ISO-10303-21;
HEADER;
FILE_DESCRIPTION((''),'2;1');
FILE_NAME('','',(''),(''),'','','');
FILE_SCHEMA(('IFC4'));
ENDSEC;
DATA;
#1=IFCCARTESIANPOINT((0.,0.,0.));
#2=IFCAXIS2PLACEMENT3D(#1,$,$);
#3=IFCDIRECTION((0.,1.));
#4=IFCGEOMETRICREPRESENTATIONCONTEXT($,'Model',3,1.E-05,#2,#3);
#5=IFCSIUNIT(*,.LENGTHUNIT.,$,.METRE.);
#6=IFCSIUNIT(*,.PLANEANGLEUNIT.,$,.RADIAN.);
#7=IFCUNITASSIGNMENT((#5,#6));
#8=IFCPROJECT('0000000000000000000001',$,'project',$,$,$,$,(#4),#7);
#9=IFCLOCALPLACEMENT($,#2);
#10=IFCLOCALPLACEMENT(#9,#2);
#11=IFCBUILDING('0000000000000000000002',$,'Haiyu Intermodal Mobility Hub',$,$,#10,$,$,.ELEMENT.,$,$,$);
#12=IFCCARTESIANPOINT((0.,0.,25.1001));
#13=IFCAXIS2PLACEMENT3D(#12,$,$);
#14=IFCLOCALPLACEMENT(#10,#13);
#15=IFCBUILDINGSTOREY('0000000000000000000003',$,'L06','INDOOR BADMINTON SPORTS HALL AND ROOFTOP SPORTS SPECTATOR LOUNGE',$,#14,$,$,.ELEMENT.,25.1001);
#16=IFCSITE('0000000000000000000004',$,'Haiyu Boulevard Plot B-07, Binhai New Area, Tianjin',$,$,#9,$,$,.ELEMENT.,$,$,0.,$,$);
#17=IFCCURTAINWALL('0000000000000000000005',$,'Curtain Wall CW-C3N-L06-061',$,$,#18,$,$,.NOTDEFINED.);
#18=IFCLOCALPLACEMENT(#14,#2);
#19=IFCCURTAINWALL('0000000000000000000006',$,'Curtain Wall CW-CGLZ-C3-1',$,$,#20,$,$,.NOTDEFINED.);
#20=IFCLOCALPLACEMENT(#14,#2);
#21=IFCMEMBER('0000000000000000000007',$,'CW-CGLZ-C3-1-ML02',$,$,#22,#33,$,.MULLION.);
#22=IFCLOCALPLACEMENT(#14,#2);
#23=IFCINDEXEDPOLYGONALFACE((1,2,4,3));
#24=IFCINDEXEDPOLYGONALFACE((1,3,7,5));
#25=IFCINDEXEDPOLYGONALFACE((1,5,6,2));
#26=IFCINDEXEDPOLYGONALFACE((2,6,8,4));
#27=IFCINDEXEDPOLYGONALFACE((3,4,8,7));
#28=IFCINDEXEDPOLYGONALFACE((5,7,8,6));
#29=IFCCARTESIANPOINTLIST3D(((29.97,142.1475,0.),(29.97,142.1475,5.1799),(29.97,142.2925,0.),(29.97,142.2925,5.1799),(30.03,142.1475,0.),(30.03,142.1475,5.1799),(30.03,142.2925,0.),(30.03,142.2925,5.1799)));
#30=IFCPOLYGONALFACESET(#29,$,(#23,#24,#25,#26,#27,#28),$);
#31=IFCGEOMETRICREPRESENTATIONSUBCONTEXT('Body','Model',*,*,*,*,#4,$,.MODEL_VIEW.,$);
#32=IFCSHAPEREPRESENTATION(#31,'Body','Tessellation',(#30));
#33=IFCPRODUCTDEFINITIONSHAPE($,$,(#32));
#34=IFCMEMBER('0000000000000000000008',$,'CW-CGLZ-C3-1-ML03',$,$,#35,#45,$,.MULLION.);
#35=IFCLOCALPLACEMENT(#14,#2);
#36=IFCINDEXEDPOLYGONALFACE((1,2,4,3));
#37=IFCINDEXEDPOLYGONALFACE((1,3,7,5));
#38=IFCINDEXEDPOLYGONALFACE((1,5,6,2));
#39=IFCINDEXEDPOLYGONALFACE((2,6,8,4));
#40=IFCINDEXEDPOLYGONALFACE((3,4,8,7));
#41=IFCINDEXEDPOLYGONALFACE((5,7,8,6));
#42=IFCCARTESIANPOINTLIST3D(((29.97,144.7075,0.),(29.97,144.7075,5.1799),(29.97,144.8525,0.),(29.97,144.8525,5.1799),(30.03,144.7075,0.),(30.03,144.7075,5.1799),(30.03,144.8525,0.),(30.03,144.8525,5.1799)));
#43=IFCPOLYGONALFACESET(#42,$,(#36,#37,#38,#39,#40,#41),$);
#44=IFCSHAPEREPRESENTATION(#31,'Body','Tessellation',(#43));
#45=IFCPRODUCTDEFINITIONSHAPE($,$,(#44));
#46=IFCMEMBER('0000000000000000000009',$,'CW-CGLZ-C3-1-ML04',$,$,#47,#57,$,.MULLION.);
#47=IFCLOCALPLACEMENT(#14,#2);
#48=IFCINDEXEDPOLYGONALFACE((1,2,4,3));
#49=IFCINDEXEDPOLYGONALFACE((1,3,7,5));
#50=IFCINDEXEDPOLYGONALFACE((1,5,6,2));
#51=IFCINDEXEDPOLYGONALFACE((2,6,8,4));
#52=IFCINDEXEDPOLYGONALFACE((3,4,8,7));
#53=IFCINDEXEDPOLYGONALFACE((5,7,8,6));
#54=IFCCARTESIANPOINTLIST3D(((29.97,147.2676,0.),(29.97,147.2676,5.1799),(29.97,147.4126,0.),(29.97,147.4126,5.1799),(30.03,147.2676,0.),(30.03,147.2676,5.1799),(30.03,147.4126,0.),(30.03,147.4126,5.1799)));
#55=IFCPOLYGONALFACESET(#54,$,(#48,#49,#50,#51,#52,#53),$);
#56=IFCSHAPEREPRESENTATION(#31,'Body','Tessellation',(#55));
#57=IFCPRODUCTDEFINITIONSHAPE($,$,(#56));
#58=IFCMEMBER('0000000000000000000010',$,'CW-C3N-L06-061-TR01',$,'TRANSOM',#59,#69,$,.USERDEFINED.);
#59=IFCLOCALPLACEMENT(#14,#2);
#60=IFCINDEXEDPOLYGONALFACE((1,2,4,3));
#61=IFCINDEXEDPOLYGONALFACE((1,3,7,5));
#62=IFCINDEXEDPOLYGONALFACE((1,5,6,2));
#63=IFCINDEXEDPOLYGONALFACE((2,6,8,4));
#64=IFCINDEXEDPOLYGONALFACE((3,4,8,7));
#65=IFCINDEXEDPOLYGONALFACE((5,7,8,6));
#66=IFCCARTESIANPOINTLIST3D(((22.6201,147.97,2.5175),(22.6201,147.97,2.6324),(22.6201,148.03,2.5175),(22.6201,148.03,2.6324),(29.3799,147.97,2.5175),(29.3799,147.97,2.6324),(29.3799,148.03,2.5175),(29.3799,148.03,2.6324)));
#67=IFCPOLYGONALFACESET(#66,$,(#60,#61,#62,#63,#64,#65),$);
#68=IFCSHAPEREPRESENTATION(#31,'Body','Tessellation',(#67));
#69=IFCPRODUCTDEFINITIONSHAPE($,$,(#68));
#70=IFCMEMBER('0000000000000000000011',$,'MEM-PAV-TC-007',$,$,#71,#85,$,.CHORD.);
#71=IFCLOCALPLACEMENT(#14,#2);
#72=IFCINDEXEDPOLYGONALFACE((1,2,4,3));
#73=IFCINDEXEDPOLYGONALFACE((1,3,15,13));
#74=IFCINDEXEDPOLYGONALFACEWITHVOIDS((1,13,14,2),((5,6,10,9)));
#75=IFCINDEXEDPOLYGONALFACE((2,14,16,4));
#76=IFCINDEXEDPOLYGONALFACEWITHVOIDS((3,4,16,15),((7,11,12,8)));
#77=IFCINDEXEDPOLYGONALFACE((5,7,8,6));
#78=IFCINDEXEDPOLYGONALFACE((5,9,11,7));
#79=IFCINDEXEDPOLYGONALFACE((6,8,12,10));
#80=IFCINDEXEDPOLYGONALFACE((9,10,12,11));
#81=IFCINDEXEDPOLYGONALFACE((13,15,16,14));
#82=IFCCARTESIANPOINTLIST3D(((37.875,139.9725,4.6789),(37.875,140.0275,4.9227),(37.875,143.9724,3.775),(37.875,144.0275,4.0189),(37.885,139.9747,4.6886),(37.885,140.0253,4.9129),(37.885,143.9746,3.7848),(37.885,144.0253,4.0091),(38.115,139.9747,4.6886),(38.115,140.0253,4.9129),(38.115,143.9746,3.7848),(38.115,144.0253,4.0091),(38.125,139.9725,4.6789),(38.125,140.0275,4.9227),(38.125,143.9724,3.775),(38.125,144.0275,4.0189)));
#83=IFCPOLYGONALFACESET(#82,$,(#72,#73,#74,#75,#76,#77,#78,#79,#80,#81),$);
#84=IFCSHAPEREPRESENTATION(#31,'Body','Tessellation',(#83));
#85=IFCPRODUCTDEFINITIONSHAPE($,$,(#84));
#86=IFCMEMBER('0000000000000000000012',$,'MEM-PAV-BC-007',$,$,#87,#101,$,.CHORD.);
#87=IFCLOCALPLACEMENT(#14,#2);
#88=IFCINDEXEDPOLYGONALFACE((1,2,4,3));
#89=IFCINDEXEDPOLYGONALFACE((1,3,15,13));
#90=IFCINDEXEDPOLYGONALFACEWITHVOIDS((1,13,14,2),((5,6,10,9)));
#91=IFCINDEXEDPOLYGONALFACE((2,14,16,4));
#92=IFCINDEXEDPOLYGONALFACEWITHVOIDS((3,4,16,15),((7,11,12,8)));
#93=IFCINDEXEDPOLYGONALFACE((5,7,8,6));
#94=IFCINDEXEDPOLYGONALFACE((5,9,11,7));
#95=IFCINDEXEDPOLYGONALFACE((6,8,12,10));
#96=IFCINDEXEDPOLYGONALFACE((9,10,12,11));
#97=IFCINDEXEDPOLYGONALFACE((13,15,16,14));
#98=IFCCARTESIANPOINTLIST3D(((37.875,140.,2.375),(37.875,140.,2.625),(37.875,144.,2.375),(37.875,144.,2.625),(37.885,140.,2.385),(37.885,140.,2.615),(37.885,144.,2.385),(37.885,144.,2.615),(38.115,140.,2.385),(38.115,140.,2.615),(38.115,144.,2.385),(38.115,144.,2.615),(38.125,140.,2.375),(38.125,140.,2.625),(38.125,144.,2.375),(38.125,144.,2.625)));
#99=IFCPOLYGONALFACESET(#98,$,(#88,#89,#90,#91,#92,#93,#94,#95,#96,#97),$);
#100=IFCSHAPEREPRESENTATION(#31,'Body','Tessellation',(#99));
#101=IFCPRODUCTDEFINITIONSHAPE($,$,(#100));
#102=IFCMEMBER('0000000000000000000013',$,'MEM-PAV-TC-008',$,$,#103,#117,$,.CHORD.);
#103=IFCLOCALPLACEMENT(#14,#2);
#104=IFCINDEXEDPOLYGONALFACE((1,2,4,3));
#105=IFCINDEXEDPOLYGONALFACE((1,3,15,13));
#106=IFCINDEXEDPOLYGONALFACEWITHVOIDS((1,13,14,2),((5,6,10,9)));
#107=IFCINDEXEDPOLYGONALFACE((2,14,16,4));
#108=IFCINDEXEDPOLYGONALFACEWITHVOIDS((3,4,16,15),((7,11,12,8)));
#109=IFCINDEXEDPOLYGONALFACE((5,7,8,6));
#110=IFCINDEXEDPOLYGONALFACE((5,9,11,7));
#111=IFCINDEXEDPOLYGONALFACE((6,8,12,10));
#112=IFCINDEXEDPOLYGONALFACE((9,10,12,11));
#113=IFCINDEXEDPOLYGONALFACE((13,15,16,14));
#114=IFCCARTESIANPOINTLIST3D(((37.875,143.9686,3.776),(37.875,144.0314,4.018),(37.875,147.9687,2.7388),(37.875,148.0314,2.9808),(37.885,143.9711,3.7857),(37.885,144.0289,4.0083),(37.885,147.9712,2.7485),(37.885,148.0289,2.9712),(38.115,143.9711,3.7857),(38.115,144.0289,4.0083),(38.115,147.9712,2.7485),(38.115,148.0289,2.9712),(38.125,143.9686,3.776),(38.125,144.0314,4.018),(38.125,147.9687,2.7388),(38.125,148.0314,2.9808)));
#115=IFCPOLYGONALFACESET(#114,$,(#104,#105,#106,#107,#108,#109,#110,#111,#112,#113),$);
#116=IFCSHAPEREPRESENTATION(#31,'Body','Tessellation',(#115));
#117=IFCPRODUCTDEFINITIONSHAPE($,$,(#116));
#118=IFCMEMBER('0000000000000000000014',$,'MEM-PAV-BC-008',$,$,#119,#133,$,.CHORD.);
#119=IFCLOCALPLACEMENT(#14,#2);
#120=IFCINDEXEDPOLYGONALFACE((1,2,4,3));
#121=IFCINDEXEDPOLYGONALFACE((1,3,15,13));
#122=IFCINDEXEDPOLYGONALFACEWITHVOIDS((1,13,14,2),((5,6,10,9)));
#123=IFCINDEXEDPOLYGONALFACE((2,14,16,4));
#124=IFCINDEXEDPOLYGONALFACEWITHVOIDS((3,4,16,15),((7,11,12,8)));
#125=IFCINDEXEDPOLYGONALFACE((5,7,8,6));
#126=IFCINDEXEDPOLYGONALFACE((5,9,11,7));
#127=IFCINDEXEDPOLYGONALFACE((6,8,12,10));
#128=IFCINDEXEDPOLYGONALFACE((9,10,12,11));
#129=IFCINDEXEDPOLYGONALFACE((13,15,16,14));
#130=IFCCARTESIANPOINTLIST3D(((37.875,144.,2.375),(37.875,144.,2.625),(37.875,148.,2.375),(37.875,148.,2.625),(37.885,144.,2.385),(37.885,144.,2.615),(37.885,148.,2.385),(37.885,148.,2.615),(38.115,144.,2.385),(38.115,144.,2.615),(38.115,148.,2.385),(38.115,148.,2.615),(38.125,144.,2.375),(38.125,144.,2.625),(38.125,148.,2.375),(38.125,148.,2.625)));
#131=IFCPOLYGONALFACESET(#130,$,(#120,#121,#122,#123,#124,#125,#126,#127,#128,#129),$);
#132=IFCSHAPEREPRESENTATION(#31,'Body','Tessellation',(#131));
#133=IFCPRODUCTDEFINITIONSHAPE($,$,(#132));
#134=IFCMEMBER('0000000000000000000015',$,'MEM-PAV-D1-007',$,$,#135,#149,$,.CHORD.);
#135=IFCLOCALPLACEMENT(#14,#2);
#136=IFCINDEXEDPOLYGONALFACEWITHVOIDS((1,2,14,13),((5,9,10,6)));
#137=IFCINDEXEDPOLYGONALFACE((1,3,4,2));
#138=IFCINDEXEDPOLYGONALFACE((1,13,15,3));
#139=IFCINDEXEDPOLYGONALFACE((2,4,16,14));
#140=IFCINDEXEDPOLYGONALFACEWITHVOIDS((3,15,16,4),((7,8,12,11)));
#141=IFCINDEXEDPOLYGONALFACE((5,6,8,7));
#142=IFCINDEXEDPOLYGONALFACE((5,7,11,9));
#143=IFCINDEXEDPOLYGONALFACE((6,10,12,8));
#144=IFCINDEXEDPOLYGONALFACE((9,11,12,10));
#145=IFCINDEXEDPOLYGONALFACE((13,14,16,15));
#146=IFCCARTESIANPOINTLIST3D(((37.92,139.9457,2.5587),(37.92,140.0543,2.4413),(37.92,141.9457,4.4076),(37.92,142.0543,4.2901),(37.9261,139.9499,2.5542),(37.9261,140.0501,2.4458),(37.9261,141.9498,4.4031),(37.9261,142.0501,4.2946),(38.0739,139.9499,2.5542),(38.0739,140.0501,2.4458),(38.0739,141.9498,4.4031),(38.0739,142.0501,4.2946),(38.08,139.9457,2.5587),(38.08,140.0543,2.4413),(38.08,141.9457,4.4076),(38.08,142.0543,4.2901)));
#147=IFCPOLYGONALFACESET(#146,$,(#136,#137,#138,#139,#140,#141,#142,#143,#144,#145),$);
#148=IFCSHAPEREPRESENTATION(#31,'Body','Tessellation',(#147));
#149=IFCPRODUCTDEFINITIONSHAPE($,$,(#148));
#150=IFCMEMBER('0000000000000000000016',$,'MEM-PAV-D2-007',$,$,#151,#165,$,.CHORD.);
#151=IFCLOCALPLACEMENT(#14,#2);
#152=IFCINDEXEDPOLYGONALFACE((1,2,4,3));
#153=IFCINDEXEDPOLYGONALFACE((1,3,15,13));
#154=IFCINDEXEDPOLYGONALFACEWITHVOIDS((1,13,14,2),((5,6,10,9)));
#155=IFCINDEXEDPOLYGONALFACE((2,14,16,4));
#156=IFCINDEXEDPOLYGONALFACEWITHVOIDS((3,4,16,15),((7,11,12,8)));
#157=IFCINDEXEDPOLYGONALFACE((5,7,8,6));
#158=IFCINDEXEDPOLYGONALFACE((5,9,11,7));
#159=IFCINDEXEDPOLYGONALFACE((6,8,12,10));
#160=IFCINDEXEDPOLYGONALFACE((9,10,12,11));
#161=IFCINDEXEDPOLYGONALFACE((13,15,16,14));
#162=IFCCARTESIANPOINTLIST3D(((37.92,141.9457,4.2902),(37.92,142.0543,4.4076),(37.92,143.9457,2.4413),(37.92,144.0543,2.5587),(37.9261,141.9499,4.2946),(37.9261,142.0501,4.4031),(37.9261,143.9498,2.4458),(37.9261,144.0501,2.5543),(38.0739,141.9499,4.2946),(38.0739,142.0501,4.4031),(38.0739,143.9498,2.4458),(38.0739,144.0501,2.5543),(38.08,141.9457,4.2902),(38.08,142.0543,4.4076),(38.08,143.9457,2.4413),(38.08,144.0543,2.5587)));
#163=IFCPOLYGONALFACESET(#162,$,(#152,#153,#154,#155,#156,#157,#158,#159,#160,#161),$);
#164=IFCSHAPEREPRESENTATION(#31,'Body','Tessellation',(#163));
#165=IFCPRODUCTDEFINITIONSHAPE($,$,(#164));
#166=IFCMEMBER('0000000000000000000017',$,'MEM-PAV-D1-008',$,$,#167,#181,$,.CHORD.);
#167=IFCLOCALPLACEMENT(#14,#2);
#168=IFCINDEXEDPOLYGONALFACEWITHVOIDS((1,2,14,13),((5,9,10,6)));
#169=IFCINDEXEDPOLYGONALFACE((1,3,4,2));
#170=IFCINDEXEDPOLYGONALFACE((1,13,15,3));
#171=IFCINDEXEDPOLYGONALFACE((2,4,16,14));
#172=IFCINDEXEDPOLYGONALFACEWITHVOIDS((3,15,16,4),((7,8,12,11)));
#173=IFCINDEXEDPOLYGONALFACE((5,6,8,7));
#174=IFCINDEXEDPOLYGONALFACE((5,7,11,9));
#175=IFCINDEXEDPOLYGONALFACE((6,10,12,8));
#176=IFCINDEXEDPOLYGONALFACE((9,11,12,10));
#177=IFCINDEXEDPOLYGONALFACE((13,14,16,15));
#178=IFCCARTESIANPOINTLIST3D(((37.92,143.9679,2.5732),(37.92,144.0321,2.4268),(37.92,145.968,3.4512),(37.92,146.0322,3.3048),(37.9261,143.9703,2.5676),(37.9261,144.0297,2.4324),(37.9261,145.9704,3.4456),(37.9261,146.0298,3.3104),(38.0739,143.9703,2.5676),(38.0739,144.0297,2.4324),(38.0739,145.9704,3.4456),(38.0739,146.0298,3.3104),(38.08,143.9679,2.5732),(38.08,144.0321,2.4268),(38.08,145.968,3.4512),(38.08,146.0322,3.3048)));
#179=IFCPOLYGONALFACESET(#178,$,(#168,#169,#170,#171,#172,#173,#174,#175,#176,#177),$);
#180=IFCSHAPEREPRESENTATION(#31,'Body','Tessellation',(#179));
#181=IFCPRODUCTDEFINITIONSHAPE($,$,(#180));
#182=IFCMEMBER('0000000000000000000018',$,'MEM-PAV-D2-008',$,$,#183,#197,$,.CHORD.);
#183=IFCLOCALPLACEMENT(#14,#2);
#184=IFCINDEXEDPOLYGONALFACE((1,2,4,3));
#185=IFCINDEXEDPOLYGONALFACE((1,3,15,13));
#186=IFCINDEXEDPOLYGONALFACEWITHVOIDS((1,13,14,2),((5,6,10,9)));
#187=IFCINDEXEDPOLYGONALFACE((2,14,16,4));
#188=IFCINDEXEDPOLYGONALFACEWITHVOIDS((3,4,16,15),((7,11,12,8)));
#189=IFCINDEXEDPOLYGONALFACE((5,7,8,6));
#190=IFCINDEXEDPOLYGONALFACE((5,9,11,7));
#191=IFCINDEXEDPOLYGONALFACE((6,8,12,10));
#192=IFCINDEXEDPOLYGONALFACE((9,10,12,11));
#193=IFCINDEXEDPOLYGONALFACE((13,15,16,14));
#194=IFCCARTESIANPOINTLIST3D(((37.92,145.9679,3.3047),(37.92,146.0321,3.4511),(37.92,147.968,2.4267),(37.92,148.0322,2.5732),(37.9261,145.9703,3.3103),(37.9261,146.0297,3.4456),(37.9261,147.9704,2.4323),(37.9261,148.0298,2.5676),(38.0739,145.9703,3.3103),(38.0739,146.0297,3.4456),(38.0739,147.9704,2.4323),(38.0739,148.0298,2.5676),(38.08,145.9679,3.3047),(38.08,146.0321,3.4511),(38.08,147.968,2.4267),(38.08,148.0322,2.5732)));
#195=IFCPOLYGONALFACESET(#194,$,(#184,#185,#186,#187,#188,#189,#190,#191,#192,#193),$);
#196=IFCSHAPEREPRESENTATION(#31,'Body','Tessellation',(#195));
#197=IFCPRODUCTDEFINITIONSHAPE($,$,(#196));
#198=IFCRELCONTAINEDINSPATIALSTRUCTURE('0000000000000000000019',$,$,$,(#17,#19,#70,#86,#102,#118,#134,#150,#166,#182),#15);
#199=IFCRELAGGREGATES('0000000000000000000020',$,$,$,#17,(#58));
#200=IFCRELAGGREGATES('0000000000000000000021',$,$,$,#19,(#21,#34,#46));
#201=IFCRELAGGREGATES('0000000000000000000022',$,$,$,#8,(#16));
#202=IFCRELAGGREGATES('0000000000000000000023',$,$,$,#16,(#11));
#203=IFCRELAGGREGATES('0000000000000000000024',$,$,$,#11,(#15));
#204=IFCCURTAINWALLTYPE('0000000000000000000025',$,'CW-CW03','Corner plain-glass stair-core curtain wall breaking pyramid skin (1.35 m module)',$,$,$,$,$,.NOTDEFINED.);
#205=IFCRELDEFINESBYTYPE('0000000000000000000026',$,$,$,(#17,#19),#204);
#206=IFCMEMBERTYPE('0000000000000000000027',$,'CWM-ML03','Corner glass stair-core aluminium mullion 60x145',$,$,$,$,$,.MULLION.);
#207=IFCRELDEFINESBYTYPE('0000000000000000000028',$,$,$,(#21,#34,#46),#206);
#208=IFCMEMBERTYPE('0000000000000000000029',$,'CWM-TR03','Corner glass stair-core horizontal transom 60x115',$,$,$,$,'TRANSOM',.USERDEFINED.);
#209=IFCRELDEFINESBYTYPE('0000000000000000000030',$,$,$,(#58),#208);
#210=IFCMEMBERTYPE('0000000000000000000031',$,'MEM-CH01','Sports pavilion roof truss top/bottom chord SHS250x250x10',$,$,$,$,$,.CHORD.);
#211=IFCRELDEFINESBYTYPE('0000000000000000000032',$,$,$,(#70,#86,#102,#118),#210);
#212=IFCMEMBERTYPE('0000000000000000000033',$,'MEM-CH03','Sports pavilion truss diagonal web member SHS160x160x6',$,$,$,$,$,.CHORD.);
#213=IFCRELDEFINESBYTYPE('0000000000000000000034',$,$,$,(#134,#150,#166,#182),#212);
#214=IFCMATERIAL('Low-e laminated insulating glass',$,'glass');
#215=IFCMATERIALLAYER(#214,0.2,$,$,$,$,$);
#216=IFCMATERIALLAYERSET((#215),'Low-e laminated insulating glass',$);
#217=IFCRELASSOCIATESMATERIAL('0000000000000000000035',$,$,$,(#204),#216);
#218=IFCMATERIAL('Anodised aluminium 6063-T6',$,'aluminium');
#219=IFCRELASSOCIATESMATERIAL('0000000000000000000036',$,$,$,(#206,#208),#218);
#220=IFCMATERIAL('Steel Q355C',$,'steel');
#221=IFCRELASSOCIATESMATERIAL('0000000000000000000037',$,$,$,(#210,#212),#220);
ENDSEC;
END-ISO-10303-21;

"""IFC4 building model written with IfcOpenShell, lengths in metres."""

from ifc_helpers import new_model, si_unit, direction, frame, origin, origin_2d, place, context, subcontext, project, spatial, rectangle, hollow_rectangle, extrude, material, layer, layer_set, material_profile, profile_set, type_object, element, aggregate, save


model = new_model("IFC4")

# Units and contexts
model_context = context("Model", 3, precision=1e-05, world=origin(), true_north=direction((0.0, 1.0)))
body_context = subcontext(model_context, "Body", "Model", "MODEL_VIEW")
ifc_project = project(units=[si_unit("LENGTHUNIT", "METRE"), si_unit("PLANEANGLEUNIT", "RADIAN")], contexts=[model_context])

# Site, building, storey
site_placement = place(None, origin())
site = spatial("IfcSite", under=ifc_project, at=site_placement, Name="Haiyu Boulevard Plot B-07, Binhai New Area, Tianjin", CompositionType="ELEMENT", RefElevation=0.0)
building_placement = place(site_placement, origin())
building = spatial("IfcBuilding", under=site, at=building_placement, Name="Haiyu Intermodal Mobility Hub", CompositionType="ELEMENT")
storey_placement = place(building_placement, frame((0.0, 0.0, 25.1001)))
storey = spatial("IfcBuildingStorey", under=building, at=storey_placement, Name="L06", Description="INDOOR BADMINTON SPORTS HALL AND ROOFTOP SPORTS SPECTATOR LOUNGE", CompositionType="ELEMENT", Elevation=25.1001)

# Shared definitions
ifc_material_1 = material(Name="Steel Q355C", Category="steel")

# Curtain wall
ifc_material_2 = material(Name="Low-e laminated insulating glass", Category="glass")
ifc_layer_1 = layer(ifc_material_2, 0.2)
ifc_layer_set_1 = layer_set([ifc_layer_1], Name="Low-e laminated insulating glass")
curtain_wall_type = type_object("IfcCurtainWallType", Name="CW-CW03", Description="Corner plain-glass stair-core curtain wall breaking pyramid skin (1.35 m module)", PredefinedType="NOTDEFINED", material=ifc_layer_set_1)
curtain_wall_1_placement = place(storey_placement, origin())
curtain_wall_1 = element("IfcCurtainWall", 1, at=curtain_wall_1_placement, inside=storey, type_object=curtain_wall_type, Name="Curtain Wall CW-C3N-L06-061", PredefinedType="NOTDEFINED")
ifc_material_3 = material(Name="Anodised aluminium 6063-T6", Category="aluminium")
ifc_material_profile_1 = material_profile(ifc_material_3, rectangle(XDim=0.0601, YDim=0.145, at=origin_2d()), Name="ALU60x145")
ifc_profile_set_1 = profile_set([ifc_material_profile_1], Name="Anodised aluminium 6063-T6")
member_type_1 = type_object("IfcMemberType", Name="CWM-ML03", Description="Corner glass stair-core aluminium mullion 60x145", PredefinedType="MULLION", material=ifc_profile_set_1)

# Curtain wall, members
curtain_wall_2_placement = place(storey_placement, origin())
curtain_wall_2 = element("IfcCurtainWall", 2, at=curtain_wall_2_placement, inside=storey, type_object=curtain_wall_type, Name="Curtain Wall CW-CGLZ-C3-1", PredefinedType="NOTDEFINED")
member_1_placement = place(storey_placement, frame((30.0, 142.22, 0.0), z_axis=(0.0, 0.0, 1.0), x_axis=(1.0, 0.0, 0.0)))
member_1 = element("IfcMember", 3, at=member_1_placement, type_object=member_type_1, Name="CW-CGLZ-C3-1-ML02", PredefinedType="MULLION", context=body_context, shape_type="SweptSolid", body=[
    extrude(rectangle(XDim=0.0601, YDim=0.145, at=origin_2d()), origin(), (0.0, 0.0, 1.0), 5.1799),
])
member_2_placement = place(storey_placement, frame((30.0, 144.78, 0.0), z_axis=(0.0, 0.0, 1.0), x_axis=(1.0, 0.0, 0.0)))
member_2 = element("IfcMember", 4, at=member_2_placement, type_object=member_type_1, Name="CW-CGLZ-C3-1-ML03", PredefinedType="MULLION", context=body_context, shape_type="SweptSolid", body=[
    extrude(rectangle(XDim=0.0601, YDim=0.145, at=origin_2d()), origin(), (0.0, 0.0, 1.0), 5.1799),
])
member_3_placement = place(storey_placement, frame((30.0, 147.3401, 0.0), z_axis=(0.0, 0.0, 1.0), x_axis=(1.0, 0.0, 0.0)))
member_3 = element("IfcMember", 5, at=member_3_placement, type_object=member_type_1, Name="CW-CGLZ-C3-1-ML04", PredefinedType="MULLION", context=body_context, shape_type="SweptSolid", body=[
    extrude(rectangle(XDim=0.0601, YDim=0.145, at=origin_2d()), origin(), (0.0, 0.0, 1.0), 5.1799),
])

# Member
ifc_material_profile_2 = material_profile(ifc_material_3, rectangle(XDim=0.0601, YDim=0.115, at=origin_2d()), Name="ALU60x115")
ifc_profile_set_2 = profile_set([ifc_material_profile_2], Name="Anodised aluminium 6063-T6")
member_type_2 = type_object("IfcMemberType", Name="CWM-TR03", Description="Corner glass stair-core horizontal transom 60x115", ElementType="TRANSOM", PredefinedType="USERDEFINED", material=ifc_profile_set_2)
member_4_placement = place(storey_placement, frame((29.3799, 148.0, 2.575), z_axis=(-1.0, 0.0, 0.0), x_axis=(0.0, -1.0, 0.0)))
member_4 = element("IfcMember", 6, at=member_4_placement, type_object=member_type_2, Name="CW-C3N-L06-061-TR01", ObjectType="TRANSOM", PredefinedType="USERDEFINED", context=body_context, shape_type="SweptSolid", body=[
    extrude(rectangle(XDim=0.0601, YDim=0.115, at=origin_2d()), origin(), (0.0, 0.0, 1.0), 6.7598),
])
aggregate(curtain_wall_1, [member_4])

# Members
ifc_material_profile_3 = material_profile(ifc_material_1, hollow_rectangle(XDim=0.25, YDim=0.25, WallThickness=0.01, at=origin_2d()), Name="SHS250x250x10")
ifc_profile_set_3 = profile_set([ifc_material_profile_3], Name="Steel Q355C")
member_type_3 = type_object("IfcMemberType", Name="MEM-CH01", Description="Sports pavilion roof truss top/bottom chord SHS250x250x10", PredefinedType="CHORD", material=ifc_profile_set_3)
member_5_placement = place(storey_placement, frame((38.0, 140.0, 4.8008), z_axis=(0.0, 0.97541, -0.220396), x_axis=(-1.0, 0.0, 0.0)))
element("IfcMember", 7, at=member_5_placement, inside=storey, type_object=member_type_3, Name="MEM-PAV-TC-007", PredefinedType="CHORD", context=body_context, shape_type="SweptSolid", body=[
    extrude(hollow_rectangle(XDim=0.25, YDim=0.25, WallThickness=0.01, at=origin_2d()), origin(), (0.0, 0.0, 1.0), 4.1008),
])
member_6_placement = place(storey_placement, frame((38.0, 140.0, 2.5), z_axis=(0.0, 1.0, 0.0), x_axis=(-1.0, 0.0, 0.0)))
element("IfcMember", 8, at=member_6_placement, inside=storey, type_object=member_type_3, Name="MEM-PAV-BC-007", PredefinedType="CHORD", context=body_context, shape_type="SweptSolid", body=[
    extrude(hollow_rectangle(XDim=0.25, YDim=0.25, WallThickness=0.01, at=origin_2d()), origin(), (0.0, 0.0, 1.0), 4.0),
])
member_7_placement = place(storey_placement, frame((38.0, 144.0, 3.897), z_axis=(0.0, 0.967993, -0.250979), x_axis=(-1.0, 0.0, 0.0)))
element("IfcMember", 9, at=member_7_placement, inside=storey, type_object=member_type_3, Name="MEM-PAV-TC-008", PredefinedType="CHORD", context=body_context, shape_type="SweptSolid", body=[
    extrude(hollow_rectangle(XDim=0.25, YDim=0.25, WallThickness=0.01, at=origin_2d()), origin(), (0.0, 0.0, 1.0), 4.1323),
])
member_8_placement = place(storey_placement, frame((38.0, 144.0, 2.5), z_axis=(0.0, 1.0, 0.0), x_axis=(-1.0, 0.0, 0.0)))
element("IfcMember", 10, at=member_8_placement, inside=storey, type_object=member_type_3, Name="MEM-PAV-BC-008", PredefinedType="CHORD", context=body_context, shape_type="SweptSolid", body=[
    extrude(hollow_rectangle(XDim=0.25, YDim=0.25, WallThickness=0.01, at=origin_2d()), origin(), (0.0, 0.0, 1.0), 4.0),
])
ifc_material_profile_4 = material_profile(ifc_material_1, hollow_rectangle(XDim=0.1599, YDim=0.1599, WallThickness=0.0061, at=origin_2d()), Name="SHS160x160x6")
ifc_profile_set_4 = profile_set([ifc_material_profile_4], Name="Steel Q355C")
member_type_4 = type_object("IfcMemberType", Name="MEM-CH03", Description="Sports pavilion truss diagonal web member SHS160x160x6", PredefinedType="CHORD", material=ifc_profile_set_4)
for number, where, z_axis, x_axis, name in (
    (11, (38.0, 140.0, 2.5), (0.0, 0.734305, 0.67882), (-1.0, 0.0, 0.0), "MEM-PAV-D1-007"),
    (12, (38.0, 142.0, 4.3489), (0.0, 0.734305, -0.67882), (-1.0, 0.0, 0.0), "MEM-PAV-D2-007"),
):
    element("IfcMember", number, at=place(storey_placement, frame(where, z_axis=z_axis, x_axis=x_axis)), inside=storey, type_object=member_type_4, Name=name, PredefinedType="CHORD", context=body_context, shape_type="SweptSolid", body=[
        extrude(hollow_rectangle(XDim=0.1599, YDim=0.1599, WallThickness=0.0061, at=origin_2d()), origin(), (0.0, 0.0, 1.0), 2.7236),
    ])
for number, where, z_axis, x_axis, name in (
    (13, (38.0, 144.0, 2.5), (0.0, 0.915664, 0.401944), (-1.0, 0.0, 0.0), "MEM-PAV-D1-008"),
    (14, (38.0, 146.0, 3.3779), (0.0, 0.915664, -0.401944), (-1.0, 0.0, 0.0), "MEM-PAV-D2-008"),
):
    element("IfcMember", number, at=place(storey_placement, frame(where, z_axis=z_axis, x_axis=x_axis)), inside=storey, type_object=member_type_4, Name=name, PredefinedType="CHORD", context=body_context, shape_type="SweptSolid", body=[
        extrude(hollow_rectangle(XDim=0.1599, YDim=0.1599, WallThickness=0.0061, at=origin_2d()), origin(), (0.0, 0.0, 1.0), 2.1843),
    ])

aggregate(curtain_wall_2, [member_1, member_2, member_3])

save(model, "model.ifc")
